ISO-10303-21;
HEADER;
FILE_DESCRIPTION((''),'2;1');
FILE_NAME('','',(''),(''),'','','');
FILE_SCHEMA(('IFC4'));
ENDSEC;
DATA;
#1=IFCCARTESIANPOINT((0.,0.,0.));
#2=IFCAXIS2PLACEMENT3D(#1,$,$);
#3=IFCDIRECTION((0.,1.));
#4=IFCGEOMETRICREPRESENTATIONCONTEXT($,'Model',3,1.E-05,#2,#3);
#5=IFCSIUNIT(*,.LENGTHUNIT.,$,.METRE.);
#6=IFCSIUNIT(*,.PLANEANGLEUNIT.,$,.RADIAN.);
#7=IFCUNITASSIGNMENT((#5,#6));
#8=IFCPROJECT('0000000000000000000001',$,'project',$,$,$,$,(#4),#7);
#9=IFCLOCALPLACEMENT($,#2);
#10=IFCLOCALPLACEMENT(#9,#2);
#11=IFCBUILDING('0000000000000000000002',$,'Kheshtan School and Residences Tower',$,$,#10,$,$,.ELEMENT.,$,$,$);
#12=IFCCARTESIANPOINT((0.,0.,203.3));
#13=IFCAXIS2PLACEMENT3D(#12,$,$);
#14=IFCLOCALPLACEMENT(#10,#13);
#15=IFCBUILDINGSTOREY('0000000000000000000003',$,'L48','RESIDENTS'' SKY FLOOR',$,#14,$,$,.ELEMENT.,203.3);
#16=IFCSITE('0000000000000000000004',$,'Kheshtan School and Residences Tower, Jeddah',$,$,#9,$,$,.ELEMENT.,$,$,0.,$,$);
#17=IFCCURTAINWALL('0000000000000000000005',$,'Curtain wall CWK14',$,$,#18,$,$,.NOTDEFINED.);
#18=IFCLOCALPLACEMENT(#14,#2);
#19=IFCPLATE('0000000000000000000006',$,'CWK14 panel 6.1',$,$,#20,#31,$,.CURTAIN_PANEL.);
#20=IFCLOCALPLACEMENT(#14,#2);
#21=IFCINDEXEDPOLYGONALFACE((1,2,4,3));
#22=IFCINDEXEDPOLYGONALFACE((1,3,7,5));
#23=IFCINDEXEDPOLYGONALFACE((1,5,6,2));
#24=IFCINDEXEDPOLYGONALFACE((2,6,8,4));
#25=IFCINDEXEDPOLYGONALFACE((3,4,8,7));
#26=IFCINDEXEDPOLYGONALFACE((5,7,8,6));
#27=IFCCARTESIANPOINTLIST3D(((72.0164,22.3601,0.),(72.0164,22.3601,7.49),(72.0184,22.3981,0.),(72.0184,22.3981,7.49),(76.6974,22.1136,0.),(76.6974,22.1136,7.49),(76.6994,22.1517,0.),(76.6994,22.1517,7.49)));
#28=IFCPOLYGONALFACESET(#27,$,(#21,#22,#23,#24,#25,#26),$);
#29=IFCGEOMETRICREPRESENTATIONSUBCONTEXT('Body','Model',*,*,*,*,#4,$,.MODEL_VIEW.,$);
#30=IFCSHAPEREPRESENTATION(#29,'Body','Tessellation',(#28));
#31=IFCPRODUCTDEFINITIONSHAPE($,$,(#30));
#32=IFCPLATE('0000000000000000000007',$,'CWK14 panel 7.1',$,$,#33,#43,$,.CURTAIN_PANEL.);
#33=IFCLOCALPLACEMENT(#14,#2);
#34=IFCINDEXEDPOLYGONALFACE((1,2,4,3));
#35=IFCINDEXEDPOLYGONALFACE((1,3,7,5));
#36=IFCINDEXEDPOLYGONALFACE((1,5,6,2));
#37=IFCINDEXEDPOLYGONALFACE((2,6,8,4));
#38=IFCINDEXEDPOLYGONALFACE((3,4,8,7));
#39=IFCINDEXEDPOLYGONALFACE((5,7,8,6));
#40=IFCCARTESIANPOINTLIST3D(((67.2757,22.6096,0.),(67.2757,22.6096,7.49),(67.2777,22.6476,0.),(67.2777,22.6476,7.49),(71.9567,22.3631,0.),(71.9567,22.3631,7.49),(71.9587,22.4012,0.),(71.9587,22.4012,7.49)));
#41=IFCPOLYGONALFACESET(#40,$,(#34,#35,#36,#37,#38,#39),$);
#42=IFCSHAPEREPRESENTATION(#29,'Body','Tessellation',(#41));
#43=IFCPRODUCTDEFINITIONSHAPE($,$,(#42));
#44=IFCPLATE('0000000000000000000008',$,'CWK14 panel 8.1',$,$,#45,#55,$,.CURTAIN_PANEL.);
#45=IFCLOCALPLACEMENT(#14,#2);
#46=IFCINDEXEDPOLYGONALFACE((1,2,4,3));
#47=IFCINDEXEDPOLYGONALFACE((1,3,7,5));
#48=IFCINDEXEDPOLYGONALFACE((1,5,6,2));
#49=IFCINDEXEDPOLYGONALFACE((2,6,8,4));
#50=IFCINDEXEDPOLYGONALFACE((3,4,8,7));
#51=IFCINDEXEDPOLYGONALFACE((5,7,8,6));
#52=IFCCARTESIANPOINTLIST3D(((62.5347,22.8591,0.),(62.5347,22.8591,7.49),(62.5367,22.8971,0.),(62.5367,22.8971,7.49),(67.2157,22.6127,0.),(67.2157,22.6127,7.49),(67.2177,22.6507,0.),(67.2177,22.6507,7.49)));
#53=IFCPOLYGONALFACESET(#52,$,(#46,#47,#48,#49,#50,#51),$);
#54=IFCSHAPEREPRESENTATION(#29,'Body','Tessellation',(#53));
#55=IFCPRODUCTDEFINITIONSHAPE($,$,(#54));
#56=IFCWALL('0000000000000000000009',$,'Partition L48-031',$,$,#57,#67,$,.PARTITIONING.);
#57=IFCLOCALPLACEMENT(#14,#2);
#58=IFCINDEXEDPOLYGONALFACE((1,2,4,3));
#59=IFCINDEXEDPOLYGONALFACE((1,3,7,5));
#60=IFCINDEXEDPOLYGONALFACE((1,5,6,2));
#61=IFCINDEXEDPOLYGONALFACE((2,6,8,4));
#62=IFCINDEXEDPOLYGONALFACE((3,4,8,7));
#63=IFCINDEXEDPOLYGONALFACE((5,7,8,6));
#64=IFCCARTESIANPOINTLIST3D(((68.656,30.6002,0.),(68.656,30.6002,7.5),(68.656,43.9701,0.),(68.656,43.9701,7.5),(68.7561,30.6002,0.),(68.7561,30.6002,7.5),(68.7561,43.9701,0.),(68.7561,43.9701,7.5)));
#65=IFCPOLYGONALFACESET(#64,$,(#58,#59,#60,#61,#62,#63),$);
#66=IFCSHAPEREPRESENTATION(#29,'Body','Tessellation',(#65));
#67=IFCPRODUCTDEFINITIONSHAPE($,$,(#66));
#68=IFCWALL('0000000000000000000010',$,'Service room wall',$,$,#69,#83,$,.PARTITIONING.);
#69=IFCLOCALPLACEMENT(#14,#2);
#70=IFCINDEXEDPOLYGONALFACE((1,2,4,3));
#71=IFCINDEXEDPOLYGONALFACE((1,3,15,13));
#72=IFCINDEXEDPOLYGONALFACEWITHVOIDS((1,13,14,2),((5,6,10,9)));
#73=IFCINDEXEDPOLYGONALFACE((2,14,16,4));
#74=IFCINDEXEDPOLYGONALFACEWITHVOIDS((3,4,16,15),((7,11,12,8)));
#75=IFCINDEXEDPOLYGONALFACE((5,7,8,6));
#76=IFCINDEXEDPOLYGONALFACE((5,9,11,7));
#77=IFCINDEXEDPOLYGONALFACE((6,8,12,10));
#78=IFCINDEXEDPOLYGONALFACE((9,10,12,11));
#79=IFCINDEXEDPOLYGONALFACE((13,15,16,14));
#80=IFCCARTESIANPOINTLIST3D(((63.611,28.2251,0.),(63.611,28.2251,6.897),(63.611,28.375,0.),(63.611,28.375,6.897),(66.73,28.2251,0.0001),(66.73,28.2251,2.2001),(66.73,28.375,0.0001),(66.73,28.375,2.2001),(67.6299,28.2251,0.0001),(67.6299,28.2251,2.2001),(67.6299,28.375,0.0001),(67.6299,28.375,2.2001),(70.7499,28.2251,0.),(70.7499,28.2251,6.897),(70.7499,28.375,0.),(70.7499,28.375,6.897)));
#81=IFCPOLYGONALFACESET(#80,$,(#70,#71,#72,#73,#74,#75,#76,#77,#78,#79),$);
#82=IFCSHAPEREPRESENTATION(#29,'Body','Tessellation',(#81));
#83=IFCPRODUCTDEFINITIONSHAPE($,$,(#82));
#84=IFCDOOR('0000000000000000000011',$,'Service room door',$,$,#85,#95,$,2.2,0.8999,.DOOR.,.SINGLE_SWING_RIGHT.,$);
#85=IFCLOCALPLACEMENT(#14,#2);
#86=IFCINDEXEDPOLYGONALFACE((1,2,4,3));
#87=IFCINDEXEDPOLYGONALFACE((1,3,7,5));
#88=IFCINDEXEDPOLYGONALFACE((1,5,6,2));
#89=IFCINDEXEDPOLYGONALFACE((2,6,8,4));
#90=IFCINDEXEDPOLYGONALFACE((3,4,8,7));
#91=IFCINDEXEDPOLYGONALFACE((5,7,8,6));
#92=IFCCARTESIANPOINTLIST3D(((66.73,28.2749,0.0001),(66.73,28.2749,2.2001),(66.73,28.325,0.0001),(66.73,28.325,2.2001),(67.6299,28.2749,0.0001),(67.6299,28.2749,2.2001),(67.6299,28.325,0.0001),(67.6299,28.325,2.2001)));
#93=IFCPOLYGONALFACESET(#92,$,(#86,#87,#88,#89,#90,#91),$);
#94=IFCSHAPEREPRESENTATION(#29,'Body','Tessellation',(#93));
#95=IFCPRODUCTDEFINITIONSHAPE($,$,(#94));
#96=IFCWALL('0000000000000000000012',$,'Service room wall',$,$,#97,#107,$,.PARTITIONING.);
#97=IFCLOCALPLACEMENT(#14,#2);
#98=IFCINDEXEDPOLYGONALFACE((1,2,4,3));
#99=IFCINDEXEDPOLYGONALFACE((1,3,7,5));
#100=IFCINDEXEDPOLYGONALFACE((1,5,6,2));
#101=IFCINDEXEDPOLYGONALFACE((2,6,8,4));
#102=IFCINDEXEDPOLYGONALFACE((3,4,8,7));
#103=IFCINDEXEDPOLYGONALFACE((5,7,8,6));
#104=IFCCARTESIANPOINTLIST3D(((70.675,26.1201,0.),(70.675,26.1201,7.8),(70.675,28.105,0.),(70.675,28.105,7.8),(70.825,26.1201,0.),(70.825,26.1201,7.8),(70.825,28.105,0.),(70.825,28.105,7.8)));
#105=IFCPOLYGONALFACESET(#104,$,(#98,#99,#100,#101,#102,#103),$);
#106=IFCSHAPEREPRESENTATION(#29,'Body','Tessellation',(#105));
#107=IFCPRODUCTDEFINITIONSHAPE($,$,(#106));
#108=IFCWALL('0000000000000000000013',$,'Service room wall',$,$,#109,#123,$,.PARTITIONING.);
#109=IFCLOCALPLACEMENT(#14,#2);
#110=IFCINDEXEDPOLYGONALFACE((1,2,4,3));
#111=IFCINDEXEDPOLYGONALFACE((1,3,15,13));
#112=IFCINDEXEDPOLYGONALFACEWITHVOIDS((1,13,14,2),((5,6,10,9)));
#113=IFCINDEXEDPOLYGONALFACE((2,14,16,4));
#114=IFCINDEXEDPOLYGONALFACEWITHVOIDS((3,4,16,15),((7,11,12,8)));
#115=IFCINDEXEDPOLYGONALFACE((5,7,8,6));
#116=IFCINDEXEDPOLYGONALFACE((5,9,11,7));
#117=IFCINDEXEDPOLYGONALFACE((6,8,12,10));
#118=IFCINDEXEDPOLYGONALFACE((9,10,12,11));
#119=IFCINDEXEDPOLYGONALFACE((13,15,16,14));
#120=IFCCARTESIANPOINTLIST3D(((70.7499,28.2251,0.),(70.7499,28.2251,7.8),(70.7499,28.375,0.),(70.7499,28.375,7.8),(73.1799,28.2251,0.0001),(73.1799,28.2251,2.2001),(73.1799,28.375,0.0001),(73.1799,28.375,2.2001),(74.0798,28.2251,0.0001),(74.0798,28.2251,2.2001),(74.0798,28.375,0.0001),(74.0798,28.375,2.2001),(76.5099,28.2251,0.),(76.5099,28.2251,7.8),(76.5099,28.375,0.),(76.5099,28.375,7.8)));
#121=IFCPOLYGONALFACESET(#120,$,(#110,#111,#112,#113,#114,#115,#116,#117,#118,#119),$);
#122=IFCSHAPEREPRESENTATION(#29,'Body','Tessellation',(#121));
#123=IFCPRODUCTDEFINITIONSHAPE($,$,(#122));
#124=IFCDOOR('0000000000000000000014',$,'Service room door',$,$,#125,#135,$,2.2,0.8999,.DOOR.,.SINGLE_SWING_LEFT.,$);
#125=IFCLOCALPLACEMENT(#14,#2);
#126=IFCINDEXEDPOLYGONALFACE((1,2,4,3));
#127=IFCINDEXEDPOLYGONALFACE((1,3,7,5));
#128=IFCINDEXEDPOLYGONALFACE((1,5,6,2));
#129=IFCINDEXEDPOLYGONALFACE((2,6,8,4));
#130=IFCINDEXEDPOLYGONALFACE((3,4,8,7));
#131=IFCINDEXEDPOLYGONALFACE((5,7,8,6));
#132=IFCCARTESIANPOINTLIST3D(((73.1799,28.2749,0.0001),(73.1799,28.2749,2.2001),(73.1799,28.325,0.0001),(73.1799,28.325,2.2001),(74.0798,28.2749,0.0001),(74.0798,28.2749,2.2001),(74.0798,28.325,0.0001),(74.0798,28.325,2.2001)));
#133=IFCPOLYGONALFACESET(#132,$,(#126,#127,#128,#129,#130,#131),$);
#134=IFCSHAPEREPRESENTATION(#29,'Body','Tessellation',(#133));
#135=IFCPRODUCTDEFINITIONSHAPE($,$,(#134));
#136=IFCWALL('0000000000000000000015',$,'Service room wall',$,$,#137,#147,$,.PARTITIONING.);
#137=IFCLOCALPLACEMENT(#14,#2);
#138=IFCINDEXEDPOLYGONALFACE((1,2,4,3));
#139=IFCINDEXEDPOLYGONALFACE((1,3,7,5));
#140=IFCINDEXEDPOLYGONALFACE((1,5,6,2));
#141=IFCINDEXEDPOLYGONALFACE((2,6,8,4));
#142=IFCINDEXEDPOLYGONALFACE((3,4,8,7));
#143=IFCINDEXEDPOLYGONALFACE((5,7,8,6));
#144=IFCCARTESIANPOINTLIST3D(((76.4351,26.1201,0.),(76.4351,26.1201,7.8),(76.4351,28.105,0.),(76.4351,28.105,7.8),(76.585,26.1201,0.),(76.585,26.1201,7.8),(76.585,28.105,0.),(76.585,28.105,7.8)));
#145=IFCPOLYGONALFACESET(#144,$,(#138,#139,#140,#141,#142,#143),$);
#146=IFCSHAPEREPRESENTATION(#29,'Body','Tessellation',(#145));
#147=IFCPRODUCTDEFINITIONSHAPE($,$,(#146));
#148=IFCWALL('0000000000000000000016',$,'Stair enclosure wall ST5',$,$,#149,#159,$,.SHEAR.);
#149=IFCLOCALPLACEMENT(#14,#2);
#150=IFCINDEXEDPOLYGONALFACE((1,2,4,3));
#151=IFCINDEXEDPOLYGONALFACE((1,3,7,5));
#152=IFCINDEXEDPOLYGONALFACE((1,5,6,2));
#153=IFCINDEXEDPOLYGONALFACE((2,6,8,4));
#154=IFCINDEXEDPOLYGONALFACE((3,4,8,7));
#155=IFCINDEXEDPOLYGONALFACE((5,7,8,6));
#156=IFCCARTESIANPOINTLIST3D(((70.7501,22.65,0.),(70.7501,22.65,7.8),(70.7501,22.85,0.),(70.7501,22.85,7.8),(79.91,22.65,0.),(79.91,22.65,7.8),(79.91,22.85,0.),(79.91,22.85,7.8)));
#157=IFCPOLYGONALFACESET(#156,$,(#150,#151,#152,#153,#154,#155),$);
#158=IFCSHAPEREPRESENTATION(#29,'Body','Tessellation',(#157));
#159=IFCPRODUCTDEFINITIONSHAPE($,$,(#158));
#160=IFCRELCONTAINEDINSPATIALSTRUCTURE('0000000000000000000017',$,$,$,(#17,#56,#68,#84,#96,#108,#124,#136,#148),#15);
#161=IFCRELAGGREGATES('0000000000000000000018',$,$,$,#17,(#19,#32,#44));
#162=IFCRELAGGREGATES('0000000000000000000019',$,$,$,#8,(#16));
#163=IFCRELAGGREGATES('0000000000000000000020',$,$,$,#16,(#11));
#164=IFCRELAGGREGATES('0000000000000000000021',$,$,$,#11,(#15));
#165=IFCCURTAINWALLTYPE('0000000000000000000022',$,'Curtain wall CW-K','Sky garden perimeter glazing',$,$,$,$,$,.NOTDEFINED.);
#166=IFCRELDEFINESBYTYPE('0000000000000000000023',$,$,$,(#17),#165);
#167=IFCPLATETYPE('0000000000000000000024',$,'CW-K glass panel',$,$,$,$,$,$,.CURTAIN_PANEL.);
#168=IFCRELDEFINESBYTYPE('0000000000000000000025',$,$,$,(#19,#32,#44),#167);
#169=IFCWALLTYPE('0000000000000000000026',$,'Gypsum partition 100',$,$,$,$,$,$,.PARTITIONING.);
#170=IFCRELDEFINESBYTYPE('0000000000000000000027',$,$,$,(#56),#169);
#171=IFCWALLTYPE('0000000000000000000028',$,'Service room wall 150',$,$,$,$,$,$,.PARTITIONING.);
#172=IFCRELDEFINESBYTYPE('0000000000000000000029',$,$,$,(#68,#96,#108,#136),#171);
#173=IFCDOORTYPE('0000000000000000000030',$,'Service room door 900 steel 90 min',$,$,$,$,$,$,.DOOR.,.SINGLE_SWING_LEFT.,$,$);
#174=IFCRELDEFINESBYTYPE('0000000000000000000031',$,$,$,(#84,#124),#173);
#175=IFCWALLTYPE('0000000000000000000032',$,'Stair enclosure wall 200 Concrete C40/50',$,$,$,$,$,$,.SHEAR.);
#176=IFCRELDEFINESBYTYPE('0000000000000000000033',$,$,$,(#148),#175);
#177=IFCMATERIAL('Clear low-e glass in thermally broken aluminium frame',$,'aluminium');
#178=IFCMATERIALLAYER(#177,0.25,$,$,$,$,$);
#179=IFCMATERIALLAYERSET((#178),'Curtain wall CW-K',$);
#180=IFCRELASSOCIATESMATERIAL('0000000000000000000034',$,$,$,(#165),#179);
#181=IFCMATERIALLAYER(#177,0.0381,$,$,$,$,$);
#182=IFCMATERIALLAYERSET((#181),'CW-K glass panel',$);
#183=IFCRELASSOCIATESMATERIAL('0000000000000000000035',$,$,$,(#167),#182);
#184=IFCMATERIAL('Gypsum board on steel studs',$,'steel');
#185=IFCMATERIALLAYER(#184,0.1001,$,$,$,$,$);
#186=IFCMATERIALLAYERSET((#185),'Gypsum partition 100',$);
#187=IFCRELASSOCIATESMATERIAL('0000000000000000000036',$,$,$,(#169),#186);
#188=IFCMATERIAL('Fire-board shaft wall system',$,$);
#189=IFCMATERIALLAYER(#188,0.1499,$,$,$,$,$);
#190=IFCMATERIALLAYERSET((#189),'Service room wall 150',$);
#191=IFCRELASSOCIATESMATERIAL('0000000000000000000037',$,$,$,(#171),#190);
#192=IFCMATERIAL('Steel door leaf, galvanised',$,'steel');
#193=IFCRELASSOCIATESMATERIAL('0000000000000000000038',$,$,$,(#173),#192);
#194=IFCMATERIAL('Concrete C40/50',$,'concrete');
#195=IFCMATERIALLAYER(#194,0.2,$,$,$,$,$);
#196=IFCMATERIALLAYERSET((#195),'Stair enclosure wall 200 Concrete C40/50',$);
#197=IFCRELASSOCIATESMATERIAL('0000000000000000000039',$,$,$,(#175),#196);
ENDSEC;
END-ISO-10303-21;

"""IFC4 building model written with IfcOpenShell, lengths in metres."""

from ifc_helpers import new_model, si_unit, direction, frame, frame_2d, origin, origin_2d, place, context, subcontext, project, spatial, rectangle, extrude, source, transform, mapped, material, layer, layer_set, type_object, element, fill, aggregate, save


model = new_model("IFC4")

# Units and contexts
model_context = context("Model", 3, precision=1e-05, world=origin(), true_north=direction((0.0, 1.0)))
body_context = subcontext(model_context, "Body", "Model", "MODEL_VIEW")
ifc_project = project(units=[si_unit("LENGTHUNIT", "METRE"), si_unit("PLANEANGLEUNIT", "RADIAN")], contexts=[model_context])

# Site, building, storey
site_placement = place(None, origin())
site = spatial("IfcSite", under=ifc_project, at=site_placement, Name="Kheshtan School and Residences Tower, Jeddah", CompositionType="ELEMENT", RefElevation=0.0)
building_placement = place(site_placement, origin())
building = spatial("IfcBuilding", under=site, at=building_placement, Name="Kheshtan School and Residences Tower", CompositionType="ELEMENT")
storey_placement = place(building_placement, frame((0.0, 0.0, 203.3)))
storey = spatial("IfcBuildingStorey", under=building, at=storey_placement, Name="L48", Description="RESIDENTS' SKY FLOOR", CompositionType="ELEMENT", Elevation=203.3)

# Curtain wall, plates
ifc_material_1 = material(Name="Clear low-e glass in thermally broken aluminium frame", Category="aluminium")
ifc_layer_1 = layer(ifc_material_1, 0.25)
ifc_layer_set_1 = layer_set([ifc_layer_1], Name="Curtain wall CW-K")
curtain_wall_type = type_object("IfcCurtainWallType", Name="Curtain wall CW-K", Description="Sky garden perimeter glazing", PredefinedType="NOTDEFINED", material=ifc_layer_set_1)
curtain_wall_placement = place(storey_placement, origin())
curtain_wall = element("IfcCurtainWall", 1, at=curtain_wall_placement, inside=storey, type_object=curtain_wall_type, Name="Curtain wall CWK14", PredefinedType="NOTDEFINED")
ifc_layer_2 = layer(ifc_material_1, 0.0381)
ifc_layer_set_2 = layer_set([ifc_layer_2], Name="CW-K glass panel")
plate_type = type_object("IfcPlateType", Name="CW-K glass panel", PredefinedType="CURTAIN_PANEL", material=ifc_layer_set_2)
plate_1_placement = place(storey_placement, frame((74.3579, 22.2559, 0.0), z_axis=(0.0, 0.0, 1.0), x_axis=(-0.998617, 0.05257, 0.0)))
plate_1 = element("IfcPlate", 2, at=plate_1_placement, type_object=plate_type, Name="CWK14 panel 6.1", PredefinedType="CURTAIN_PANEL", context=body_context, shape_type="SweptSolid", body=[
    extrude(rectangle(XDim=4.6875, YDim=0.0381, at=origin_2d()), origin(), (0.0, 0.0, 1.0), 7.49),
])
plate_2_placement = place(storey_placement, frame((69.6172, 22.5054, 0.0), z_axis=(0.0, 0.0, 1.0), x_axis=(-0.998617, 0.05257, 0.0)))
plate_2 = element("IfcPlate", 3, at=plate_2_placement, type_object=plate_type, Name="CWK14 panel 7.1", PredefinedType="CURTAIN_PANEL", context=body_context, shape_type="SweptSolid", body=[
    extrude(rectangle(XDim=4.6875, YDim=0.0381, at=origin_2d()), origin(), (0.0, 0.0, 1.0), 7.49),
])
plate_3_placement = place(storey_placement, frame((64.8762, 22.7549, 0.0), z_axis=(0.0, 0.0, 1.0), x_axis=(-0.998617, 0.05257, 0.0)))
plate_3 = element("IfcPlate", 4, at=plate_3_placement, type_object=plate_type, Name="CWK14 panel 8.1", PredefinedType="CURTAIN_PANEL", context=body_context, shape_type="SweptSolid", body=[
    extrude(rectangle(XDim=4.6875, YDim=0.0381, at=origin_2d()), origin(), (0.0, 0.0, 1.0), 7.49),
])
aggregate(curtain_wall, [plate_1, plate_2, plate_3])

# Wall
ifc_material_2 = material(Name="Gypsum board on steel studs", Category="steel")
ifc_layer_3 = layer(ifc_material_2, 0.1001)
ifc_layer_set_3 = layer_set([ifc_layer_3], Name="Gypsum partition 100")
wall_type_1 = type_object("IfcWallType", Name="Gypsum partition 100", PredefinedType="PARTITIONING", material=ifc_layer_set_3)
wall_1_placement = place(storey_placement, frame((68.7061, 30.6001, 0.0), z_axis=(0.0, 0.0, 1.0), x_axis=(0.0, 1.0, 0.0)))
element("IfcWall", 5, at=wall_1_placement, inside=storey, type_object=wall_type_1, Name="Partition L48-031", PredefinedType="PARTITIONING", context=body_context, shape_type="SweptSolid", body=[
    extrude(rectangle(XDim=13.3699, YDim=0.1001, at=frame_2d((6.6851, 0.0))), origin(), (0.0, 0.0, 1.0), 7.5),
])

# Wall, opening, door
ifc_material_3 = material(Name="Fire-board shaft wall system")
ifc_layer_4 = layer(ifc_material_3, 0.1499)
ifc_layer_set_4 = layer_set([ifc_layer_4], Name="Service room wall 150")
wall_type_2 = type_object("IfcWallType", Name="Service room wall 150", PredefinedType="PARTITIONING", material=ifc_layer_set_4)
wall_2_placement = place(storey_placement, frame((63.6111, 28.3, 0.0), z_axis=(0.0, 0.0, 1.0), x_axis=(1.0, 0.0, 0.0)))
wall_2 = element("IfcWall", 6, at=wall_2_placement, inside=storey, type_object=wall_type_2, Name="Service room wall", PredefinedType="PARTITIONING", context=body_context, shape_type="SweptSolid", body=[
    extrude(rectangle(XDim=7.1389, YDim=0.1499, at=frame_2d((3.5693, 0.0))), origin(), (0.0, 0.0, 1.0), 6.897),
])
opening_1_placement = place(wall_2_placement, frame((3.1189, 0.0, 0.0)))
opening_1 = element("IfcOpeningElement", 7, at=opening_1_placement, cuts=wall_2, PredefinedType="OPENING", context=body_context, shape_type="SweptSolid", body=[
    extrude(rectangle(XDim=0.8999, YDim=2.2, at=frame_2d((0.45, 1.1001))), frame((0.0, 0.085, 0.0), z_axis=(0.0, -1.0, 0.0), x_axis=(1.0, 0.0, 0.0)), (0.0, 0.0, 1.0), 0.1699),
])
ifc_material_4 = material(Name="Steel door leaf, galvanised", Category="steel")
door_type_1 = type_object("IfcDoorType", Name="Service room door 900 steel 90 min", OperationType="SINGLE_SWING_LEFT", PredefinedType="DOOR", material=ifc_material_4)
shared_shape_1 = source(origin(), body_context, "Body", "SweptSolid", [
    extrude(rectangle(XDim=0.8999, YDim=2.2, at=frame_2d((0.45, 1.1001))), frame((0.0, 0.0249, 0.0), z_axis=(0.0, -1.0, 0.0), x_axis=(1.0, 0.0, 0.0)), (0.0, 0.0, 1.0), 0.05),
])
door_1_placement = place(opening_1_placement, origin())
door_1 = element("IfcDoor", 8, at=door_1_placement, inside=storey, type_object=door_type_1, Name="Service room door", OperationType="SINGLE_SWING_RIGHT", OverallHeight=2.2, OverallWidth=0.8999, PredefinedType="DOOR", context=body_context, shape_type="MappedRepresentation", body=[
    mapped(shared_shape_1, transform((0.0, 0.0, 0.0), x_axis=(1.0, 0.0, 0.0), y_axis=(0.0, 1.0, 0.0), z_axis=(0.0, 0.0, 1.0), scale=1.0)),
])
fill(opening_1, door_1)

# Wall
wall_3_placement = place(storey_placement, frame((70.75, 26.1201, 0.0), z_axis=(0.0, 0.0, 1.0), x_axis=(0.0, 1.0, 0.0)))
element("IfcWall", 9, at=wall_3_placement, inside=storey, type_object=wall_type_2, Name="Service room wall", PredefinedType="PARTITIONING", context=body_context, shape_type="SweptSolid", body=[
    extrude(rectangle(XDim=1.9849, YDim=0.1499, at=frame_2d((0.9924, 0.0))), origin(), (0.0, 0.0, 1.0), 7.8),
])

# Wall, opening, door
wall_4_placement = place(storey_placement, frame((70.75, 28.3, 0.0), z_axis=(0.0, 0.0, 1.0), x_axis=(1.0, 0.0, 0.0)))
wall_4 = element("IfcWall", 10, at=wall_4_placement, inside=storey, type_object=wall_type_2, Name="Service room wall", PredefinedType="PARTITIONING", context=body_context, shape_type="SweptSolid", body=[
    extrude(rectangle(XDim=5.76, YDim=0.1499, at=frame_2d((2.8799, 0.0))), origin(), (0.0, 0.0, 1.0), 7.8),
])
opening_2_placement = place(wall_4_placement, frame((2.4299, 0.0, 0.0)))
opening_2 = element("IfcOpeningElement", 11, at=opening_2_placement, cuts=wall_4, PredefinedType="OPENING", context=body_context, shape_type="SweptSolid", body=[
    extrude(rectangle(XDim=0.8999, YDim=2.2, at=frame_2d((0.45, 1.1001))), frame((0.0, 0.085, 0.0), z_axis=(0.0, -1.0, 0.0), x_axis=(1.0, 0.0, 0.0)), (0.0, 0.0, 1.0), 0.1699),
])
door_2_placement = place(opening_2_placement, origin())
door_2 = element("IfcDoor", 12, at=door_2_placement, inside=storey, type_object=door_type_1, Name="Service room door", OperationType="SINGLE_SWING_LEFT", OverallHeight=2.2, OverallWidth=0.8999, PredefinedType="DOOR", context=body_context, shape_type="MappedRepresentation", body=[
    mapped(shared_shape_1, transform((0.0, 0.0, 0.0), x_axis=(1.0, 0.0, 0.0), y_axis=(0.0, 1.0, 0.0), z_axis=(0.0, 0.0, 1.0), scale=1.0)),
])
fill(opening_2, door_2)

# Walls
wall_5_placement = place(storey_placement, frame((76.51, 26.1201, 0.0), z_axis=(0.0, 0.0, 1.0), x_axis=(0.0, 1.0, 0.0)))
element("IfcWall", 13, at=wall_5_placement, inside=storey, type_object=wall_type_2, Name="Service room wall", PredefinedType="PARTITIONING", context=body_context, shape_type="SweptSolid", body=[
    extrude(rectangle(XDim=1.9849, YDim=0.1499, at=frame_2d((0.9924, 0.0))), origin(), (0.0, 0.0, 1.0), 7.8),
])
ifc_material_5 = material(Name="Concrete C40/50", Category="concrete")
ifc_layer_5 = layer(ifc_material_5, 0.2)
ifc_layer_set_5 = layer_set([ifc_layer_5], Name="Stair enclosure wall 200 Concrete C40/50")
wall_type_3 = type_object("IfcWallType", Name="Stair enclosure wall 200 Concrete C40/50", PredefinedType="SHEAR", material=ifc_layer_set_5)
wall_6_placement = place(storey_placement, frame((70.75, 22.75, 0.0), z_axis=(0.0, 0.0, 1.0), x_axis=(1.0, 0.0, 0.0)))
element("IfcWall", 14, at=wall_6_placement, inside=storey, type_object=wall_type_3, Name="Stair enclosure wall ST5", PredefinedType="SHEAR", context=body_context, shape_type="SweptSolid", body=[
    extrude(rectangle(XDim=9.1599, YDim=0.2, at=frame_2d((4.5801, 0.0))), origin(), (0.0, 0.0, 1.0), 7.8),
])

save(model, "model.ifc")
